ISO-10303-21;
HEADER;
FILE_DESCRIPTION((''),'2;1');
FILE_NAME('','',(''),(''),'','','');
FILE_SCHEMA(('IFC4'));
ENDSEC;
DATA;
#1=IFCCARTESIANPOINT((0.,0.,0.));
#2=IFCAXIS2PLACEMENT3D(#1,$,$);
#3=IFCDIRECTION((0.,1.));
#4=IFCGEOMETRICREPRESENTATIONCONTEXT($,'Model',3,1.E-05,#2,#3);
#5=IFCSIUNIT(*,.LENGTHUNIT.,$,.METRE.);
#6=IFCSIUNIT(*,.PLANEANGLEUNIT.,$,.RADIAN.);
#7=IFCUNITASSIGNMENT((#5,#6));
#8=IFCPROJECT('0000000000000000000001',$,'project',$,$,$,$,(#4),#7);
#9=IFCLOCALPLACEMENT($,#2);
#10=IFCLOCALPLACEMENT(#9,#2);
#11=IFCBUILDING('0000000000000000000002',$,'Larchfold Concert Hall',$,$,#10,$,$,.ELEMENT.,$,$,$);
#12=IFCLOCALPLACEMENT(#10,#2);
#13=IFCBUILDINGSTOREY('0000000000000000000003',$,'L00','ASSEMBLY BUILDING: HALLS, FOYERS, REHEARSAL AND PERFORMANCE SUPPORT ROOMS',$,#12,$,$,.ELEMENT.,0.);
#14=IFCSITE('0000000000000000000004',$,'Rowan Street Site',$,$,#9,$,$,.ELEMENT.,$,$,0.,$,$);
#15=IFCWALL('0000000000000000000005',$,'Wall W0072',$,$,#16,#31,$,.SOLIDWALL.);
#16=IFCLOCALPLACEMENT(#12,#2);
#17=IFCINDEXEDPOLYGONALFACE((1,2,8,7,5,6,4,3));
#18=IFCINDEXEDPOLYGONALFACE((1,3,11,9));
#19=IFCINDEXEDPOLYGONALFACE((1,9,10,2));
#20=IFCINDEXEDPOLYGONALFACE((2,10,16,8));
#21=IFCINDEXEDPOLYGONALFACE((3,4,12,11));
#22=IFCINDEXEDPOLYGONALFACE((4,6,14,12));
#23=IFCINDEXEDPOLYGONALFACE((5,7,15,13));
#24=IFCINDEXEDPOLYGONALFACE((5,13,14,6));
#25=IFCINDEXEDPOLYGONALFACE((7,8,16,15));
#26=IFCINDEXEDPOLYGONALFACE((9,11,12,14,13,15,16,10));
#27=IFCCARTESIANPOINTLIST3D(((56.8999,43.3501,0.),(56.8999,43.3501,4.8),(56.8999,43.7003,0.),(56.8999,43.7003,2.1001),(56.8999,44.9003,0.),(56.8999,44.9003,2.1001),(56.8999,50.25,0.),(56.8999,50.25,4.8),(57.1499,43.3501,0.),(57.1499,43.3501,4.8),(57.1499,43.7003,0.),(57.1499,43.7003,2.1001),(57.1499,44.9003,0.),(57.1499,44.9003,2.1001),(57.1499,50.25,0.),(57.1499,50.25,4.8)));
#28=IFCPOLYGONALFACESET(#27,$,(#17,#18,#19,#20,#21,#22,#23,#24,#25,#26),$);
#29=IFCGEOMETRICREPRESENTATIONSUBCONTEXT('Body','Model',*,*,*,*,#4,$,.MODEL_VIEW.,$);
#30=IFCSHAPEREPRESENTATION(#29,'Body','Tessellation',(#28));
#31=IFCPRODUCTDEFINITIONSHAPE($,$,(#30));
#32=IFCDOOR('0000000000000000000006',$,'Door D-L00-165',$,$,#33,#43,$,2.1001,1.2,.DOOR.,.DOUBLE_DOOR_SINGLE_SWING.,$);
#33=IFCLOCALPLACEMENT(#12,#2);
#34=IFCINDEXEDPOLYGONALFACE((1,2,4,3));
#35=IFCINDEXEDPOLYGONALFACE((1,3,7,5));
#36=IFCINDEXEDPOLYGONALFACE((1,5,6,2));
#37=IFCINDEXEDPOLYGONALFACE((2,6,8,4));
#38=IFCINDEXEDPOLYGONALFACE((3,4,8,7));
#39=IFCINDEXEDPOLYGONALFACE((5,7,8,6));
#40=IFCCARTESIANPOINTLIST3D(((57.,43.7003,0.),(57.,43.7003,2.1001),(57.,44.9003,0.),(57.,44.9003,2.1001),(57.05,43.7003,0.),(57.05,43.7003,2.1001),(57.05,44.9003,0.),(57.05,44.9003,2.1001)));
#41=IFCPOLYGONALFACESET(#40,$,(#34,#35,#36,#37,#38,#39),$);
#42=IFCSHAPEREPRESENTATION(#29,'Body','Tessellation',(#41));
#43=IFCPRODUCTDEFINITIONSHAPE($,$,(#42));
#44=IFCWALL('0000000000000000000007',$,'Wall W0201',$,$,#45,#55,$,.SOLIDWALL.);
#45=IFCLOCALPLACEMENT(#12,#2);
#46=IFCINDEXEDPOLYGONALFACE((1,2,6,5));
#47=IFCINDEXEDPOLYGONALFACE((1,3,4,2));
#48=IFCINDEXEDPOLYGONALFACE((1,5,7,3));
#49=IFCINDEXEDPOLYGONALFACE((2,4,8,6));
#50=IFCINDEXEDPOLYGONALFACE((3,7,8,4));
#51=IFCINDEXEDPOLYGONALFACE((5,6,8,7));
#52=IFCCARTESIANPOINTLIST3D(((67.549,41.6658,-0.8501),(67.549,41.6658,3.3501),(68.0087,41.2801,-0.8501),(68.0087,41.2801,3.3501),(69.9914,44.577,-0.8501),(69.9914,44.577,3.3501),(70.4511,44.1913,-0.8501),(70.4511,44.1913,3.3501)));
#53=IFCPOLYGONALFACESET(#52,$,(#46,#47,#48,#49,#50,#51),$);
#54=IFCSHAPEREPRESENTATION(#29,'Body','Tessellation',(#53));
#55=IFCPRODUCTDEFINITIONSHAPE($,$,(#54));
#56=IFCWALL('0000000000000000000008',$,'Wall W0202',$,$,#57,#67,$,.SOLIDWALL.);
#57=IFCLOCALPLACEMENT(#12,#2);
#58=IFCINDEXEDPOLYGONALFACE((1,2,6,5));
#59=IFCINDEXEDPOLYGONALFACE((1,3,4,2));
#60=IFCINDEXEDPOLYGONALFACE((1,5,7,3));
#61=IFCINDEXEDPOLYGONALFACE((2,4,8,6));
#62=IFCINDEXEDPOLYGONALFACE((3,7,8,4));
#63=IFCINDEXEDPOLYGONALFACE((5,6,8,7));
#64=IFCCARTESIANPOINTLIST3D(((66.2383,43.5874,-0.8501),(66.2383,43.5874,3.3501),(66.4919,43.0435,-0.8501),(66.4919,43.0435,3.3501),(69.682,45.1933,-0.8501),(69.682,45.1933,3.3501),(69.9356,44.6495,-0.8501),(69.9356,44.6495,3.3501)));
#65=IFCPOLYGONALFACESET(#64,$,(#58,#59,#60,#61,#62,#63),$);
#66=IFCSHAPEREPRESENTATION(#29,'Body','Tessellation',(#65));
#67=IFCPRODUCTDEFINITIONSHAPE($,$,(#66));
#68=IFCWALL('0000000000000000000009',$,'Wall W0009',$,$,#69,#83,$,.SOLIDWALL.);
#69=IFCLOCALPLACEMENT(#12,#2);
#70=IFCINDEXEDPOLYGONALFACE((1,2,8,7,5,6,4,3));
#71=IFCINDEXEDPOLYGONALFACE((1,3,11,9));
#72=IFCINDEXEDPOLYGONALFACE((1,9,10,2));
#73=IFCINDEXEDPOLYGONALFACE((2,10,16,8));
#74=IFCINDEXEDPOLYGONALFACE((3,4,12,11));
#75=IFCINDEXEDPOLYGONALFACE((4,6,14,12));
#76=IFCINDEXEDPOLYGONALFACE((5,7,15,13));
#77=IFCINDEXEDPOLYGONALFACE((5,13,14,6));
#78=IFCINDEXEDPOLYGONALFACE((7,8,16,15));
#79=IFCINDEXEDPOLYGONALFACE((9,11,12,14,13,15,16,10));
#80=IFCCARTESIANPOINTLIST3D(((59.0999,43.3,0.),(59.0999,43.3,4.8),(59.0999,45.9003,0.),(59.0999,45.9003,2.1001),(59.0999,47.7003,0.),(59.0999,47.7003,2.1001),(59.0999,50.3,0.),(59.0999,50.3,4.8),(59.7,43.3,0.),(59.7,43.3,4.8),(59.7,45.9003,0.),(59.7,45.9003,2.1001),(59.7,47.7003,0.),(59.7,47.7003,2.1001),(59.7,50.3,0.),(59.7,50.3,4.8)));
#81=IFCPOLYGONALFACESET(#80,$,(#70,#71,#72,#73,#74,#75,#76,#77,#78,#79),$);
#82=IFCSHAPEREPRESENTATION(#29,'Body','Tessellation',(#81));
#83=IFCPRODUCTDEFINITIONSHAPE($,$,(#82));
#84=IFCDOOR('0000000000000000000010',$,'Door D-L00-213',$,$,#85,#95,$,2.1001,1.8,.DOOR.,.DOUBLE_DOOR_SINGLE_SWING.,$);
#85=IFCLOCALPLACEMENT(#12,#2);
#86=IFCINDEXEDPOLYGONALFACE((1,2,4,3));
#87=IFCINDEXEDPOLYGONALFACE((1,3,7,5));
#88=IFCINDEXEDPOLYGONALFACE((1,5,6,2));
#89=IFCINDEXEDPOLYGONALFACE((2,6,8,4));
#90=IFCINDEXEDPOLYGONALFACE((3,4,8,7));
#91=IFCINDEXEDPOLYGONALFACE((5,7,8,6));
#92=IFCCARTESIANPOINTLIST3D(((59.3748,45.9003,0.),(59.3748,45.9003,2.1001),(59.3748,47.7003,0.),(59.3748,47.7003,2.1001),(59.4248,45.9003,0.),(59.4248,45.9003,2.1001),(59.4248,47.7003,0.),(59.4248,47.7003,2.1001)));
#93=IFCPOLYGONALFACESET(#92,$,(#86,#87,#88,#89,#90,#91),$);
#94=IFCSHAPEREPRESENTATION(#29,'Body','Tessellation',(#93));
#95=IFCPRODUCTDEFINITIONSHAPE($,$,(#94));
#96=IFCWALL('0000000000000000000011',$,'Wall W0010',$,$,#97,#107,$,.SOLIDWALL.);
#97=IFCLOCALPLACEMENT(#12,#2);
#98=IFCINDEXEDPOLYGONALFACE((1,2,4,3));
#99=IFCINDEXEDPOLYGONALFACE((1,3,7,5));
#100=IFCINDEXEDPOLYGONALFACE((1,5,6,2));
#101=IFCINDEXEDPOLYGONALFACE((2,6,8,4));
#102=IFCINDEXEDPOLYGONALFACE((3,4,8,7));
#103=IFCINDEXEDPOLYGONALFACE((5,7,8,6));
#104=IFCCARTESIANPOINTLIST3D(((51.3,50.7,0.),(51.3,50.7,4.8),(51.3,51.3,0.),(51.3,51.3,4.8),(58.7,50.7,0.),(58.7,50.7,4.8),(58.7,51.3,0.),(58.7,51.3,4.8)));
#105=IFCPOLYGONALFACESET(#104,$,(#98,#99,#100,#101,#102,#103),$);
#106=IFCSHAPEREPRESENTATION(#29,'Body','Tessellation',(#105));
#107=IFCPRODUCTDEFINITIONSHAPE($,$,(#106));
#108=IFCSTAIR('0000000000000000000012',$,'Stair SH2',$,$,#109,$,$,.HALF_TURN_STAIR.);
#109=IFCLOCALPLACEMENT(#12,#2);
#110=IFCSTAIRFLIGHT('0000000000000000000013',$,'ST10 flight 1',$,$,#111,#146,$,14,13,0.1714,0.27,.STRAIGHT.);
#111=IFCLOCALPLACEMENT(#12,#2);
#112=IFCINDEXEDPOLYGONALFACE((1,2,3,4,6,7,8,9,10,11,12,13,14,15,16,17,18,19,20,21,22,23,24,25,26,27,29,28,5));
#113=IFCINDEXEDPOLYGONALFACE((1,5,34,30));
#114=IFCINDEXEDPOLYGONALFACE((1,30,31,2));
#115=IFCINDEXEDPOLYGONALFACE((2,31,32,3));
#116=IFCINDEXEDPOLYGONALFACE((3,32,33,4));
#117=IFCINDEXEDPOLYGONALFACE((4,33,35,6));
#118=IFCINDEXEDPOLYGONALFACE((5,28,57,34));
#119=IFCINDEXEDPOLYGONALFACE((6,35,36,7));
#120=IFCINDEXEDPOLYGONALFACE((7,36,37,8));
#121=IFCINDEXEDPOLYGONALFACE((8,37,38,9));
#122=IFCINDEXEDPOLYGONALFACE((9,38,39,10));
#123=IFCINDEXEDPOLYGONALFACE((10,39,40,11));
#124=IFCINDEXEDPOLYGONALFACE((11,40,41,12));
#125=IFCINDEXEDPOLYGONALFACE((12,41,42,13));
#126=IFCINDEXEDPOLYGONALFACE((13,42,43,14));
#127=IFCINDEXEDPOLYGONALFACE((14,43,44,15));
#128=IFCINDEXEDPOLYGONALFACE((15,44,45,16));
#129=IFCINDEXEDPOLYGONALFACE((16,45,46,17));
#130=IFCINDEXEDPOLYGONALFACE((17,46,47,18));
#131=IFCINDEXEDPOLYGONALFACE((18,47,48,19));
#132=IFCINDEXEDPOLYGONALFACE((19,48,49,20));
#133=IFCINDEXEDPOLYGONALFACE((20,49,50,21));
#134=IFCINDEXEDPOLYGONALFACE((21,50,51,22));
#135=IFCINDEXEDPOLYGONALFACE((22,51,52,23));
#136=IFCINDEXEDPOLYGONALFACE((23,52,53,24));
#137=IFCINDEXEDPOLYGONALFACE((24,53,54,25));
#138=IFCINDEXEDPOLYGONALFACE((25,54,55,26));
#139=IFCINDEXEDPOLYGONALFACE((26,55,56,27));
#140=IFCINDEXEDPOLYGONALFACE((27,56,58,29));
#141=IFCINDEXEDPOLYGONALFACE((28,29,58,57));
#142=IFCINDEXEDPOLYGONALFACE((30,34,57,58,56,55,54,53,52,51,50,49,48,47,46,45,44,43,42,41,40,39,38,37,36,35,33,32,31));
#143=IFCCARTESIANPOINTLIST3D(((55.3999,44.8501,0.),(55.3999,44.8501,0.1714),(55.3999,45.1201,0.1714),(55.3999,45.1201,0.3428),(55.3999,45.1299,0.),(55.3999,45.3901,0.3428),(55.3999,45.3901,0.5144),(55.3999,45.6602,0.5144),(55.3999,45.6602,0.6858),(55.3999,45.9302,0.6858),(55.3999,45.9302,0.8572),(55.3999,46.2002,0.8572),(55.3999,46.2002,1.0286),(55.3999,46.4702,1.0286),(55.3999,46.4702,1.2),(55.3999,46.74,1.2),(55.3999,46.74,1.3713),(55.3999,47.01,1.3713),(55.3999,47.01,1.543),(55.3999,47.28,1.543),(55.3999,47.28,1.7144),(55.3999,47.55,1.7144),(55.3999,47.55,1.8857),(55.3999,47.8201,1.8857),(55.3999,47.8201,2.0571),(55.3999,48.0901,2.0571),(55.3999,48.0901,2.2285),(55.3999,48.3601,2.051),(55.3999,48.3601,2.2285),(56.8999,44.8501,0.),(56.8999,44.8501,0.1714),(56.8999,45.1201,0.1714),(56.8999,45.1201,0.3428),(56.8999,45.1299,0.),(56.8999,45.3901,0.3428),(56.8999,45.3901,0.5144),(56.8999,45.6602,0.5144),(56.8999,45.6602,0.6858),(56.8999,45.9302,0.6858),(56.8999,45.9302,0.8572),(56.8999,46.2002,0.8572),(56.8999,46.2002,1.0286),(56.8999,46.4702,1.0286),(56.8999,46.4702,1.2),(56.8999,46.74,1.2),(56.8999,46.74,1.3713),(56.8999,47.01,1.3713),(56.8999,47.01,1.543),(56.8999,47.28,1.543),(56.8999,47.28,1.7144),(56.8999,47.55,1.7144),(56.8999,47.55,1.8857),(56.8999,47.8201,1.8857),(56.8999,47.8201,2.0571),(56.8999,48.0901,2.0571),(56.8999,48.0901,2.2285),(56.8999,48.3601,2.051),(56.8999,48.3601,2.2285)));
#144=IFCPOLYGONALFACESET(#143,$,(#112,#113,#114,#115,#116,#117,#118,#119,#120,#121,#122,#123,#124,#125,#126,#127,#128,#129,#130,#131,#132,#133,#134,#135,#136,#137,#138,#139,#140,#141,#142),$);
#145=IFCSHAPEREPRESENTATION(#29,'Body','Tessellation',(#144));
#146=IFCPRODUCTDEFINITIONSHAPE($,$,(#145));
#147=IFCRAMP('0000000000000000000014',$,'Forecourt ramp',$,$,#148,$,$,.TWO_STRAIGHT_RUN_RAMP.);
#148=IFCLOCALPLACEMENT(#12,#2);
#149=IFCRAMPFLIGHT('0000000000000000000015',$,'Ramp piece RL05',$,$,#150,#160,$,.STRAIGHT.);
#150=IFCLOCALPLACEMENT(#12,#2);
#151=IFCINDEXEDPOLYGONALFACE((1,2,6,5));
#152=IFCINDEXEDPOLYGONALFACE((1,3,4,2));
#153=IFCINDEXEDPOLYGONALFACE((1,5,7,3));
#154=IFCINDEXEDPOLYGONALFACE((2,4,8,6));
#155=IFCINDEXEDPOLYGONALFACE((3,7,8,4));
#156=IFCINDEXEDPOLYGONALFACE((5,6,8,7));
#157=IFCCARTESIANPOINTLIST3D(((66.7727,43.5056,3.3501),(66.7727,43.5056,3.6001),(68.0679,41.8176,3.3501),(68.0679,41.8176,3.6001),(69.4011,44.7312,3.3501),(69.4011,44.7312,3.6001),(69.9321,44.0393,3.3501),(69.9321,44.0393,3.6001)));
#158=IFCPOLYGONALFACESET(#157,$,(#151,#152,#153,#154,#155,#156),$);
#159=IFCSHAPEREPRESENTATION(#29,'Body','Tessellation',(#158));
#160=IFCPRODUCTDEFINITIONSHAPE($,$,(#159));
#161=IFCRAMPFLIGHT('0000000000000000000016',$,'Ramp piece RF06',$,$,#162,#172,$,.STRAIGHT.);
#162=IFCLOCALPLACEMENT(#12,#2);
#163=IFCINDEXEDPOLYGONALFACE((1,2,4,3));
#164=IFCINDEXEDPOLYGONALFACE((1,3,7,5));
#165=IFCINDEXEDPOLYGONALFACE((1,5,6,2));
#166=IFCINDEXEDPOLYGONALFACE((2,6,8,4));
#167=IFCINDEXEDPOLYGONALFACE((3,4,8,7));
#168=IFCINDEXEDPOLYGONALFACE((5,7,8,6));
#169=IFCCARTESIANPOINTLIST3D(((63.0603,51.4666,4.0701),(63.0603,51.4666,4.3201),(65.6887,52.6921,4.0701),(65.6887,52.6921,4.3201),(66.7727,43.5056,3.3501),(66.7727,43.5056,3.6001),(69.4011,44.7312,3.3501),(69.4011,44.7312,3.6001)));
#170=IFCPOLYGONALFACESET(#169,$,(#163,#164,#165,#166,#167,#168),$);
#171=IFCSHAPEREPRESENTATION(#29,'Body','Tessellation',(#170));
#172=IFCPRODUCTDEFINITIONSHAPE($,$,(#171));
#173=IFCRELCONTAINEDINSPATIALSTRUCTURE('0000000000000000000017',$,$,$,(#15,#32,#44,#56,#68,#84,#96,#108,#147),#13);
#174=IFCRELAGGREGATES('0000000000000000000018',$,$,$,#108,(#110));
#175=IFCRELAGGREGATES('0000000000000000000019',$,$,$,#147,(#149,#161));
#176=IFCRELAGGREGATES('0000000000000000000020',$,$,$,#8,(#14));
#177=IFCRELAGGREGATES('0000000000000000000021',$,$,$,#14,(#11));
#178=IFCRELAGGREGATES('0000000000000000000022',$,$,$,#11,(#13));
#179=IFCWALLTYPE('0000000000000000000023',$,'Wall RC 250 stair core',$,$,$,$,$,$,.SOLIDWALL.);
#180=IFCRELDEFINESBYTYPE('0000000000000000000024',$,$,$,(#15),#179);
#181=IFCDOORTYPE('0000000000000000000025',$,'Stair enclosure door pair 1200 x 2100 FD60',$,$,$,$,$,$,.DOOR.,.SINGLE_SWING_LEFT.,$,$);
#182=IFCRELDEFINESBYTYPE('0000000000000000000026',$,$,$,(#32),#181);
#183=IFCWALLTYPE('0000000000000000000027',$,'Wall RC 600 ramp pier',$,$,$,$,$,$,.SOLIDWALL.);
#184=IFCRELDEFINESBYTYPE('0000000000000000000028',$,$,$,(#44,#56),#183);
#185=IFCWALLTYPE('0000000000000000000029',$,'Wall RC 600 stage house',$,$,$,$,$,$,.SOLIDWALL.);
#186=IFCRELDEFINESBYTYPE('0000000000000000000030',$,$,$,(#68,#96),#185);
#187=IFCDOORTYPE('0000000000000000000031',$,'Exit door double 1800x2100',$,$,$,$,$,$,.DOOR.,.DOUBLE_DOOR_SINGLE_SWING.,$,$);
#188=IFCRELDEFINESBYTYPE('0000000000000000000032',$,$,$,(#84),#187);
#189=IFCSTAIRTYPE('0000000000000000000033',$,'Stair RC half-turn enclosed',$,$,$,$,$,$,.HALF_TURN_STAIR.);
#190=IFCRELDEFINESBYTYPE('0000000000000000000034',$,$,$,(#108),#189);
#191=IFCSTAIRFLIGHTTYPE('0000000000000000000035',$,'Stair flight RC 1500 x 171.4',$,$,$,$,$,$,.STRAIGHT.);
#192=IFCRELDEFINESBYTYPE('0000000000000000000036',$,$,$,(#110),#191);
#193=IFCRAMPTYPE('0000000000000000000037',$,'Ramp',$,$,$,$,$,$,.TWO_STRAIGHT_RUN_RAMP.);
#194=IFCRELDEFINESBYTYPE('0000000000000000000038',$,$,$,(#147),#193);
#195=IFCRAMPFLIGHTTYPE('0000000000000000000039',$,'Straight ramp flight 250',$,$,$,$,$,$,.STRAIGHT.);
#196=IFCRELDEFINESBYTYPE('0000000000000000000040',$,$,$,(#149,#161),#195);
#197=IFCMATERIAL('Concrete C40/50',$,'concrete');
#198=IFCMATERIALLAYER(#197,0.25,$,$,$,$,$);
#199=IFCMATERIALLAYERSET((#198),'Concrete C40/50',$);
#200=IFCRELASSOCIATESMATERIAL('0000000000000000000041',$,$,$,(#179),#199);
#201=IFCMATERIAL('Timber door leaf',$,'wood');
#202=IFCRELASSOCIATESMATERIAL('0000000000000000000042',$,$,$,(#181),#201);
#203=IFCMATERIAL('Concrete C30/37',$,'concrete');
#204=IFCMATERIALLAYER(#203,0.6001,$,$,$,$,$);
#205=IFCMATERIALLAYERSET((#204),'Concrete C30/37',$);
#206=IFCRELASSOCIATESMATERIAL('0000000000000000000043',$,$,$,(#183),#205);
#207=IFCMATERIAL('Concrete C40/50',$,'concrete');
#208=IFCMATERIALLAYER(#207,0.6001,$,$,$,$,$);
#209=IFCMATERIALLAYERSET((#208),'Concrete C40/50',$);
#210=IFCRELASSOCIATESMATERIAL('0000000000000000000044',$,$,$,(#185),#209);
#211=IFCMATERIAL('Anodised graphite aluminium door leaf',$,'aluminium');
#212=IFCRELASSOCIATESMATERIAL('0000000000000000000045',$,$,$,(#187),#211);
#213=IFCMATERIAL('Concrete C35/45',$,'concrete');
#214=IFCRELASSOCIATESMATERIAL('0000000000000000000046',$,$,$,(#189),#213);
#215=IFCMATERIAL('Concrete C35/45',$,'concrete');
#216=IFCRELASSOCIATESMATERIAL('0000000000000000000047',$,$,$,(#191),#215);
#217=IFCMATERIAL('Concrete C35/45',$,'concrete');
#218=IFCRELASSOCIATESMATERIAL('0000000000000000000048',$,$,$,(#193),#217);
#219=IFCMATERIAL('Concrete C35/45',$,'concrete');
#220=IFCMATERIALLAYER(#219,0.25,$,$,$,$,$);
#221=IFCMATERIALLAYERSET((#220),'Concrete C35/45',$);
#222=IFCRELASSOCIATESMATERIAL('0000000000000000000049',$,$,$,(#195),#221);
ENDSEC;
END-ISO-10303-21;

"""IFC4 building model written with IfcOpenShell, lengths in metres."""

from ifc_helpers import new_model, si_unit, direction, frame, frame_2d, origin, place, context, subcontext, project, spatial, polyline, rectangle, outline, extrude, material, layer, layer_set, type_object, element, fill, aggregate, save


model = new_model("IFC4")

# Units and contexts
model_context = context("Model", 3, precision=1e-05, world=origin(), true_north=direction((0.0, 1.0)))
body_context = subcontext(model_context, "Body", "Model", "MODEL_VIEW")
ifc_project = project(units=[si_unit("LENGTHUNIT", "METRE"), si_unit("PLANEANGLEUNIT", "RADIAN")], contexts=[model_context])

# Site, building, storey
site_placement = place(None, origin())
site = spatial("IfcSite", under=ifc_project, at=site_placement, Name="Rowan Street Site", CompositionType="ELEMENT", RefElevation=0.0)
building_placement = place(site_placement, origin())
building = spatial("IfcBuilding", under=site, at=building_placement, Name="Larchfold Concert Hall", CompositionType="ELEMENT")
storey_placement = place(building_placement, origin())
storey = spatial("IfcBuildingStorey", under=building, at=storey_placement, Name="L00", Description="ASSEMBLY BUILDING: HALLS, FOYERS, REHEARSAL AND PERFORMANCE SUPPORT ROOMS", CompositionType="ELEMENT", Elevation=0.0)

# Wall, opening, door
ifc_material_1 = material(Name="Concrete C40/50", Category="concrete")
ifc_layer_1 = layer(ifc_material_1, 0.25)
ifc_layer_set_1 = layer_set([ifc_layer_1], Name="Concrete C40/50")
wall_type_1 = type_object("IfcWallType", Name="Wall RC 250 stair core", PredefinedType="SOLIDWALL", material=ifc_layer_set_1)
wall_1_placement = place(storey_placement, frame((57.0249, 43.3501, 0.0), z_axis=(0.0, 0.0, 1.0), x_axis=(0.0, 1.0, 0.0)))
wall_1 = element("IfcWall", 1, at=wall_1_placement, inside=storey, type_object=wall_type_1, Name="Wall W0072", PredefinedType="SOLIDWALL", context=body_context, shape_type="SweptSolid", body=[
    extrude(rectangle(XDim=6.8999, YDim=0.25, at=frame_2d((3.45, 0.0))), origin(), (0.0, 0.0, 1.0), 4.8),
])
opening_1_placement = place(wall_1_placement, frame((0.3501, 0.0, 0.0)))
opening_1 = element("IfcOpeningElement", 2, at=opening_1_placement, cuts=wall_1, PredefinedType="OPENING", context=body_context, shape_type="SweptSolid", body=[
    extrude(rectangle(XDim=1.2, YDim=2.1001, at=frame_2d((0.6001, 1.05))), frame((0.0, 0.135, 0.0), z_axis=(0.0, -1.0, 0.0), x_axis=(1.0, 0.0, 0.0)), (0.0, 0.0, 1.0), 0.27),
])
ifc_material_2 = material(Name="Timber door leaf", Category="wood")
door_type_1 = type_object("IfcDoorType", Name="Stair enclosure door pair 1200 x 2100 FD60", OperationType="SINGLE_SWING_LEFT", PredefinedType="DOOR", material=ifc_material_2)
door_1_placement = place(opening_1_placement, origin())
door_1 = element("IfcDoor", 3, at=door_1_placement, inside=storey, type_object=door_type_1, Name="Door D-L00-165", OperationType="DOUBLE_DOOR_SINGLE_SWING", OverallHeight=2.1001, OverallWidth=1.2, PredefinedType="DOOR", context=body_context, shape_type="SweptSolid", body=[
    extrude(rectangle(XDim=1.2, YDim=2.1001, at=frame_2d((0.6001, 1.05))), frame((0.0, 0.0249, 0.0), z_axis=(0.0, -1.0, 0.0), x_axis=(1.0, 0.0, 0.0)), (0.0, 0.0, 1.0), 0.05),
])
fill(opening_1, door_1)

# Walls
ifc_material_3 = material(Name="Concrete C30/37", Category="concrete")
ifc_layer_2 = layer(ifc_material_3, 0.6001)
ifc_layer_set_2 = layer_set([ifc_layer_2], Name="Concrete C30/37")
wall_type_2 = type_object("IfcWallType", Name="Wall RC 600 ramp pier", PredefinedType="SOLIDWALL", material=ifc_layer_set_2)
wall_2_placement = place(storey_placement, frame((70.2212, 44.384, -0.8501), z_axis=(0.0, 0.0, 1.0), x_axis=(-0.642734, -0.766089, 0.0)))
element("IfcWall", 4, at=wall_2_placement, inside=storey, type_object=wall_type_2, Name="Wall W0201", PredefinedType="SOLIDWALL", context=body_context, shape_type="SweptSolid", body=[
    extrude(rectangle(XDim=3.8, YDim=0.6001, at=frame_2d((1.8999, 0.0))), origin(), (0.0, 0.0, 1.0), 4.2002),
])
wall_3_placement = place(storey_placement, frame((69.8088, 44.9214, -0.8501), z_axis=(0.0, 0.0, 1.0), x_axis=(-0.906301, -0.422632, 0.0)))
element("IfcWall", 5, at=wall_3_placement, inside=storey, type_object=wall_type_2, Name="Wall W0202", PredefinedType="SOLIDWALL", context=body_context, shape_type="SweptSolid", body=[
    extrude(rectangle(XDim=3.7998, YDim=0.6001, at=frame_2d((1.8999, 0.0))), origin(), (0.0, 0.0, 1.0), 4.2002),
])

# Wall, opening, door
ifc_material_4 = material(Name="Concrete C40/50", Category="concrete")
ifc_layer_3 = layer(ifc_material_4, 0.6001)
ifc_layer_set_3 = layer_set([ifc_layer_3], Name="Concrete C40/50")
wall_type_3 = type_object("IfcWallType", Name="Wall RC 600 stage house", PredefinedType="SOLIDWALL", material=ifc_layer_set_3)
wall_4_placement = place(storey_placement, frame((59.3999, 43.3, 0.0), z_axis=(0.0, 0.0, 1.0), x_axis=(0.0, 1.0, 0.0)))
wall_4 = element("IfcWall", 6, at=wall_4_placement, inside=storey, type_object=wall_type_3, Name="Wall W0009", PredefinedType="SOLIDWALL", context=body_context, shape_type="SweptSolid", body=[
    extrude(rectangle(XDim=7.0, YDim=0.6001, at=frame_2d((3.5, 0.0))), origin(), (0.0, 0.0, 1.0), 4.8),
])
opening_2_placement = place(wall_4_placement, frame((4.4001, 0.0, 0.0), z_axis=(0.0, 0.0, 1.0), x_axis=(-1.0, 0.0, 0.0)))
opening_2 = element("IfcOpeningElement", 7, at=opening_2_placement, cuts=wall_4, PredefinedType="OPENING", context=body_context, shape_type="SweptSolid", body=[
    extrude(rectangle(XDim=1.8, YDim=2.1001, at=frame_2d((0.8999, 1.05))), frame((0.0, 0.3101, 0.0), z_axis=(0.0, -1.0, 0.0), x_axis=(1.0, 0.0, 0.0)), (0.0, 0.0, 1.0), 0.6201),
])
ifc_material_5 = material(Name="Anodised graphite aluminium door leaf", Category="aluminium")
door_type_2 = type_object("IfcDoorType", Name="Exit door double 1800x2100", OperationType="DOUBLE_DOOR_SINGLE_SWING", PredefinedType="DOOR", material=ifc_material_5)
door_2_placement = place(opening_2_placement, origin())
door_2 = element("IfcDoor", 8, at=door_2_placement, inside=storey, type_object=door_type_2, Name="Door D-L00-213", OperationType="DOUBLE_DOOR_SINGLE_SWING", OverallHeight=2.1001, OverallWidth=1.8, PredefinedType="DOOR", context=body_context, shape_type="SweptSolid", body=[
    extrude(rectangle(XDim=1.8, YDim=2.1001, at=frame_2d((0.8999, 1.05))), frame((0.0, 0.0249, 0.0), z_axis=(0.0, -1.0, 0.0), x_axis=(1.0, 0.0, 0.0)), (0.0, 0.0, 1.0), 0.05),
])
fill(opening_2, door_2)

# Wall
wall_5_placement = place(storey_placement, frame((58.7, 51.0, 0.0), z_axis=(0.0, 0.0, 1.0), x_axis=(-1.0, 0.0, 0.0)))
element("IfcWall", 9, at=wall_5_placement, inside=storey, type_object=wall_type_3, Name="Wall W0010", PredefinedType="SOLIDWALL", context=body_context, shape_type="SweptSolid", body=[
    extrude(rectangle(XDim=7.3999, YDim=0.6001, at=frame_2d((3.7, 0.0))), origin(), (0.0, 0.0, 1.0), 4.8),
])

# Stair, stair flight
ifc_material_6 = material(Name="Concrete C35/45", Category="concrete")
stair_type = type_object("IfcStairType", Name="Stair RC half-turn enclosed", PredefinedType="HALF_TURN_STAIR", material=ifc_material_6)
stair_placement = place(storey_placement, origin())
stair = element("IfcStair", 10, at=stair_placement, inside=storey, type_object=stair_type, Name="Stair SH2", PredefinedType="HALF_TURN_STAIR")
ifc_material_7 = material(Name="Concrete C35/45", Category="concrete")
stair_flight_type = type_object("IfcStairFlightType", Name="Stair flight RC 1500 x 171.4", PredefinedType="STRAIGHT", material=ifc_material_7)
stair_flight_placement = place(storey_placement, frame((56.1499, 44.8501, 0.0), z_axis=(0.0, 0.0, 1.0), x_axis=(0.0, 1.0, 0.0)))
stair_flight = element("IfcStairFlight", 11, at=stair_flight_placement, type_object=stair_flight_type, Name="ST10 flight 1", NumberOfRisers=14, NumberOfTreads=13, PredefinedType="STRAIGHT", RiserHeight=0.1714, TreadLength=0.27, context=body_context, shape_type="SweptSolid", body=[
    extrude(outline(polyline([(0.0, 0.0), (0.0, 0.1714), (0.27, 0.1714), (0.27, 0.3428), (0.54, 0.3428), (0.54, 0.5144), (0.8101, 0.5144), (0.8101, 0.6858), (1.0801, 0.6858), (1.0801, 0.8572), (1.3501, 0.8572), (1.3501, 1.0286), (1.6201, 1.0286), (1.6201, 1.2), (1.8899, 1.2), (1.8899, 1.3713), (2.1599, 1.3713), (2.1599, 1.543), (2.4299, 1.543), (2.4299, 1.7144), (2.7, 1.7144), (2.7, 1.8857), (2.97, 1.8857), (2.97, 2.0571), (3.24, 2.0571), (3.24, 2.2285), (3.51, 2.2285), (3.51, 2.3999), (3.51, 2.051), (0.2798, 0.0), (0.0, 0.0)])), frame((0.0, 0.75, 0.0), z_axis=(0.0, -1.0, 0.0), x_axis=(1.0, 0.0, 0.0)), (0.0, 0.0, 1.0), 1.5),
])
aggregate(stair, [stair_flight])

# Ramp, ramp flights
ifc_material_8 = material(Name="Concrete C35/45", Category="concrete")
ramp_type = type_object("IfcRampType", Name="Ramp", PredefinedType="TWO_STRAIGHT_RUN_RAMP", material=ifc_material_8)
ramp_placement = place(storey_placement, origin())
ramp = element("IfcRamp", 12, at=ramp_placement, inside=storey, type_object=ramp_type, Name="Forecourt ramp", PredefinedType="TWO_STRAIGHT_RUN_RAMP")
ifc_material_9 = material(Name="Concrete C35/45", Category="concrete")
ifc_layer_4 = layer(ifc_material_9, 0.25)
ifc_layer_set_4 = layer_set([ifc_layer_4], Name="Concrete C35/45")
ramp_flight_type = type_object("IfcRampFlightType", Name="Straight ramp flight 250", PredefinedType="STRAIGHT", material=ifc_layer_set_4)
ramp_flight_1_placement = place(storey_placement, frame((68.0679, 41.8176, 3.6001), z_axis=(0.0, 0.0, 1.0), x_axis=(-0.60874, 0.79337, 0.0)))
ramp_flight_1 = element("IfcRampFlight", 13, at=ramp_flight_1_placement, type_object=ramp_flight_type, Name="Ramp piece RL05", PredefinedType="STRAIGHT", context=body_context, shape_type="SweptSolid", body=[
    extrude(outline(polyline([(0.0, 0.0), (2.1276, 0.0), (1.4999, -2.8314), (0.6278, -2.8315), (0.0, 0.0)])), origin(), (0.0, 0.0, -1.0), 0.25),
])
ramp_flight_2_placement = place(storey_placement, frame((66.7727, 43.5056, 3.6001), z_axis=(0.034522, -0.074037, 0.996658), x_axis=(-0.42122, 0.903272, 0.08169)))
ramp_flight_2 = element("IfcRampFlight", 14, at=ramp_flight_2_placement, type_object=ramp_flight_type, Name="Ramp piece RF06", PredefinedType="STRAIGHT", context=body_context, shape_type="SweptSolid", body=[
    extrude(outline(polyline([(0.0, 0.0), (8.8134, 0.0), (8.8133, -2.9001), (-0.0001, -2.9001), (0.0, 0.0)])), origin(), (-0.08169, 0.000003, -0.996658), 0.25),
])
aggregate(ramp, [ramp_flight_1, ramp_flight_2])

save(model, "model.ifc")
